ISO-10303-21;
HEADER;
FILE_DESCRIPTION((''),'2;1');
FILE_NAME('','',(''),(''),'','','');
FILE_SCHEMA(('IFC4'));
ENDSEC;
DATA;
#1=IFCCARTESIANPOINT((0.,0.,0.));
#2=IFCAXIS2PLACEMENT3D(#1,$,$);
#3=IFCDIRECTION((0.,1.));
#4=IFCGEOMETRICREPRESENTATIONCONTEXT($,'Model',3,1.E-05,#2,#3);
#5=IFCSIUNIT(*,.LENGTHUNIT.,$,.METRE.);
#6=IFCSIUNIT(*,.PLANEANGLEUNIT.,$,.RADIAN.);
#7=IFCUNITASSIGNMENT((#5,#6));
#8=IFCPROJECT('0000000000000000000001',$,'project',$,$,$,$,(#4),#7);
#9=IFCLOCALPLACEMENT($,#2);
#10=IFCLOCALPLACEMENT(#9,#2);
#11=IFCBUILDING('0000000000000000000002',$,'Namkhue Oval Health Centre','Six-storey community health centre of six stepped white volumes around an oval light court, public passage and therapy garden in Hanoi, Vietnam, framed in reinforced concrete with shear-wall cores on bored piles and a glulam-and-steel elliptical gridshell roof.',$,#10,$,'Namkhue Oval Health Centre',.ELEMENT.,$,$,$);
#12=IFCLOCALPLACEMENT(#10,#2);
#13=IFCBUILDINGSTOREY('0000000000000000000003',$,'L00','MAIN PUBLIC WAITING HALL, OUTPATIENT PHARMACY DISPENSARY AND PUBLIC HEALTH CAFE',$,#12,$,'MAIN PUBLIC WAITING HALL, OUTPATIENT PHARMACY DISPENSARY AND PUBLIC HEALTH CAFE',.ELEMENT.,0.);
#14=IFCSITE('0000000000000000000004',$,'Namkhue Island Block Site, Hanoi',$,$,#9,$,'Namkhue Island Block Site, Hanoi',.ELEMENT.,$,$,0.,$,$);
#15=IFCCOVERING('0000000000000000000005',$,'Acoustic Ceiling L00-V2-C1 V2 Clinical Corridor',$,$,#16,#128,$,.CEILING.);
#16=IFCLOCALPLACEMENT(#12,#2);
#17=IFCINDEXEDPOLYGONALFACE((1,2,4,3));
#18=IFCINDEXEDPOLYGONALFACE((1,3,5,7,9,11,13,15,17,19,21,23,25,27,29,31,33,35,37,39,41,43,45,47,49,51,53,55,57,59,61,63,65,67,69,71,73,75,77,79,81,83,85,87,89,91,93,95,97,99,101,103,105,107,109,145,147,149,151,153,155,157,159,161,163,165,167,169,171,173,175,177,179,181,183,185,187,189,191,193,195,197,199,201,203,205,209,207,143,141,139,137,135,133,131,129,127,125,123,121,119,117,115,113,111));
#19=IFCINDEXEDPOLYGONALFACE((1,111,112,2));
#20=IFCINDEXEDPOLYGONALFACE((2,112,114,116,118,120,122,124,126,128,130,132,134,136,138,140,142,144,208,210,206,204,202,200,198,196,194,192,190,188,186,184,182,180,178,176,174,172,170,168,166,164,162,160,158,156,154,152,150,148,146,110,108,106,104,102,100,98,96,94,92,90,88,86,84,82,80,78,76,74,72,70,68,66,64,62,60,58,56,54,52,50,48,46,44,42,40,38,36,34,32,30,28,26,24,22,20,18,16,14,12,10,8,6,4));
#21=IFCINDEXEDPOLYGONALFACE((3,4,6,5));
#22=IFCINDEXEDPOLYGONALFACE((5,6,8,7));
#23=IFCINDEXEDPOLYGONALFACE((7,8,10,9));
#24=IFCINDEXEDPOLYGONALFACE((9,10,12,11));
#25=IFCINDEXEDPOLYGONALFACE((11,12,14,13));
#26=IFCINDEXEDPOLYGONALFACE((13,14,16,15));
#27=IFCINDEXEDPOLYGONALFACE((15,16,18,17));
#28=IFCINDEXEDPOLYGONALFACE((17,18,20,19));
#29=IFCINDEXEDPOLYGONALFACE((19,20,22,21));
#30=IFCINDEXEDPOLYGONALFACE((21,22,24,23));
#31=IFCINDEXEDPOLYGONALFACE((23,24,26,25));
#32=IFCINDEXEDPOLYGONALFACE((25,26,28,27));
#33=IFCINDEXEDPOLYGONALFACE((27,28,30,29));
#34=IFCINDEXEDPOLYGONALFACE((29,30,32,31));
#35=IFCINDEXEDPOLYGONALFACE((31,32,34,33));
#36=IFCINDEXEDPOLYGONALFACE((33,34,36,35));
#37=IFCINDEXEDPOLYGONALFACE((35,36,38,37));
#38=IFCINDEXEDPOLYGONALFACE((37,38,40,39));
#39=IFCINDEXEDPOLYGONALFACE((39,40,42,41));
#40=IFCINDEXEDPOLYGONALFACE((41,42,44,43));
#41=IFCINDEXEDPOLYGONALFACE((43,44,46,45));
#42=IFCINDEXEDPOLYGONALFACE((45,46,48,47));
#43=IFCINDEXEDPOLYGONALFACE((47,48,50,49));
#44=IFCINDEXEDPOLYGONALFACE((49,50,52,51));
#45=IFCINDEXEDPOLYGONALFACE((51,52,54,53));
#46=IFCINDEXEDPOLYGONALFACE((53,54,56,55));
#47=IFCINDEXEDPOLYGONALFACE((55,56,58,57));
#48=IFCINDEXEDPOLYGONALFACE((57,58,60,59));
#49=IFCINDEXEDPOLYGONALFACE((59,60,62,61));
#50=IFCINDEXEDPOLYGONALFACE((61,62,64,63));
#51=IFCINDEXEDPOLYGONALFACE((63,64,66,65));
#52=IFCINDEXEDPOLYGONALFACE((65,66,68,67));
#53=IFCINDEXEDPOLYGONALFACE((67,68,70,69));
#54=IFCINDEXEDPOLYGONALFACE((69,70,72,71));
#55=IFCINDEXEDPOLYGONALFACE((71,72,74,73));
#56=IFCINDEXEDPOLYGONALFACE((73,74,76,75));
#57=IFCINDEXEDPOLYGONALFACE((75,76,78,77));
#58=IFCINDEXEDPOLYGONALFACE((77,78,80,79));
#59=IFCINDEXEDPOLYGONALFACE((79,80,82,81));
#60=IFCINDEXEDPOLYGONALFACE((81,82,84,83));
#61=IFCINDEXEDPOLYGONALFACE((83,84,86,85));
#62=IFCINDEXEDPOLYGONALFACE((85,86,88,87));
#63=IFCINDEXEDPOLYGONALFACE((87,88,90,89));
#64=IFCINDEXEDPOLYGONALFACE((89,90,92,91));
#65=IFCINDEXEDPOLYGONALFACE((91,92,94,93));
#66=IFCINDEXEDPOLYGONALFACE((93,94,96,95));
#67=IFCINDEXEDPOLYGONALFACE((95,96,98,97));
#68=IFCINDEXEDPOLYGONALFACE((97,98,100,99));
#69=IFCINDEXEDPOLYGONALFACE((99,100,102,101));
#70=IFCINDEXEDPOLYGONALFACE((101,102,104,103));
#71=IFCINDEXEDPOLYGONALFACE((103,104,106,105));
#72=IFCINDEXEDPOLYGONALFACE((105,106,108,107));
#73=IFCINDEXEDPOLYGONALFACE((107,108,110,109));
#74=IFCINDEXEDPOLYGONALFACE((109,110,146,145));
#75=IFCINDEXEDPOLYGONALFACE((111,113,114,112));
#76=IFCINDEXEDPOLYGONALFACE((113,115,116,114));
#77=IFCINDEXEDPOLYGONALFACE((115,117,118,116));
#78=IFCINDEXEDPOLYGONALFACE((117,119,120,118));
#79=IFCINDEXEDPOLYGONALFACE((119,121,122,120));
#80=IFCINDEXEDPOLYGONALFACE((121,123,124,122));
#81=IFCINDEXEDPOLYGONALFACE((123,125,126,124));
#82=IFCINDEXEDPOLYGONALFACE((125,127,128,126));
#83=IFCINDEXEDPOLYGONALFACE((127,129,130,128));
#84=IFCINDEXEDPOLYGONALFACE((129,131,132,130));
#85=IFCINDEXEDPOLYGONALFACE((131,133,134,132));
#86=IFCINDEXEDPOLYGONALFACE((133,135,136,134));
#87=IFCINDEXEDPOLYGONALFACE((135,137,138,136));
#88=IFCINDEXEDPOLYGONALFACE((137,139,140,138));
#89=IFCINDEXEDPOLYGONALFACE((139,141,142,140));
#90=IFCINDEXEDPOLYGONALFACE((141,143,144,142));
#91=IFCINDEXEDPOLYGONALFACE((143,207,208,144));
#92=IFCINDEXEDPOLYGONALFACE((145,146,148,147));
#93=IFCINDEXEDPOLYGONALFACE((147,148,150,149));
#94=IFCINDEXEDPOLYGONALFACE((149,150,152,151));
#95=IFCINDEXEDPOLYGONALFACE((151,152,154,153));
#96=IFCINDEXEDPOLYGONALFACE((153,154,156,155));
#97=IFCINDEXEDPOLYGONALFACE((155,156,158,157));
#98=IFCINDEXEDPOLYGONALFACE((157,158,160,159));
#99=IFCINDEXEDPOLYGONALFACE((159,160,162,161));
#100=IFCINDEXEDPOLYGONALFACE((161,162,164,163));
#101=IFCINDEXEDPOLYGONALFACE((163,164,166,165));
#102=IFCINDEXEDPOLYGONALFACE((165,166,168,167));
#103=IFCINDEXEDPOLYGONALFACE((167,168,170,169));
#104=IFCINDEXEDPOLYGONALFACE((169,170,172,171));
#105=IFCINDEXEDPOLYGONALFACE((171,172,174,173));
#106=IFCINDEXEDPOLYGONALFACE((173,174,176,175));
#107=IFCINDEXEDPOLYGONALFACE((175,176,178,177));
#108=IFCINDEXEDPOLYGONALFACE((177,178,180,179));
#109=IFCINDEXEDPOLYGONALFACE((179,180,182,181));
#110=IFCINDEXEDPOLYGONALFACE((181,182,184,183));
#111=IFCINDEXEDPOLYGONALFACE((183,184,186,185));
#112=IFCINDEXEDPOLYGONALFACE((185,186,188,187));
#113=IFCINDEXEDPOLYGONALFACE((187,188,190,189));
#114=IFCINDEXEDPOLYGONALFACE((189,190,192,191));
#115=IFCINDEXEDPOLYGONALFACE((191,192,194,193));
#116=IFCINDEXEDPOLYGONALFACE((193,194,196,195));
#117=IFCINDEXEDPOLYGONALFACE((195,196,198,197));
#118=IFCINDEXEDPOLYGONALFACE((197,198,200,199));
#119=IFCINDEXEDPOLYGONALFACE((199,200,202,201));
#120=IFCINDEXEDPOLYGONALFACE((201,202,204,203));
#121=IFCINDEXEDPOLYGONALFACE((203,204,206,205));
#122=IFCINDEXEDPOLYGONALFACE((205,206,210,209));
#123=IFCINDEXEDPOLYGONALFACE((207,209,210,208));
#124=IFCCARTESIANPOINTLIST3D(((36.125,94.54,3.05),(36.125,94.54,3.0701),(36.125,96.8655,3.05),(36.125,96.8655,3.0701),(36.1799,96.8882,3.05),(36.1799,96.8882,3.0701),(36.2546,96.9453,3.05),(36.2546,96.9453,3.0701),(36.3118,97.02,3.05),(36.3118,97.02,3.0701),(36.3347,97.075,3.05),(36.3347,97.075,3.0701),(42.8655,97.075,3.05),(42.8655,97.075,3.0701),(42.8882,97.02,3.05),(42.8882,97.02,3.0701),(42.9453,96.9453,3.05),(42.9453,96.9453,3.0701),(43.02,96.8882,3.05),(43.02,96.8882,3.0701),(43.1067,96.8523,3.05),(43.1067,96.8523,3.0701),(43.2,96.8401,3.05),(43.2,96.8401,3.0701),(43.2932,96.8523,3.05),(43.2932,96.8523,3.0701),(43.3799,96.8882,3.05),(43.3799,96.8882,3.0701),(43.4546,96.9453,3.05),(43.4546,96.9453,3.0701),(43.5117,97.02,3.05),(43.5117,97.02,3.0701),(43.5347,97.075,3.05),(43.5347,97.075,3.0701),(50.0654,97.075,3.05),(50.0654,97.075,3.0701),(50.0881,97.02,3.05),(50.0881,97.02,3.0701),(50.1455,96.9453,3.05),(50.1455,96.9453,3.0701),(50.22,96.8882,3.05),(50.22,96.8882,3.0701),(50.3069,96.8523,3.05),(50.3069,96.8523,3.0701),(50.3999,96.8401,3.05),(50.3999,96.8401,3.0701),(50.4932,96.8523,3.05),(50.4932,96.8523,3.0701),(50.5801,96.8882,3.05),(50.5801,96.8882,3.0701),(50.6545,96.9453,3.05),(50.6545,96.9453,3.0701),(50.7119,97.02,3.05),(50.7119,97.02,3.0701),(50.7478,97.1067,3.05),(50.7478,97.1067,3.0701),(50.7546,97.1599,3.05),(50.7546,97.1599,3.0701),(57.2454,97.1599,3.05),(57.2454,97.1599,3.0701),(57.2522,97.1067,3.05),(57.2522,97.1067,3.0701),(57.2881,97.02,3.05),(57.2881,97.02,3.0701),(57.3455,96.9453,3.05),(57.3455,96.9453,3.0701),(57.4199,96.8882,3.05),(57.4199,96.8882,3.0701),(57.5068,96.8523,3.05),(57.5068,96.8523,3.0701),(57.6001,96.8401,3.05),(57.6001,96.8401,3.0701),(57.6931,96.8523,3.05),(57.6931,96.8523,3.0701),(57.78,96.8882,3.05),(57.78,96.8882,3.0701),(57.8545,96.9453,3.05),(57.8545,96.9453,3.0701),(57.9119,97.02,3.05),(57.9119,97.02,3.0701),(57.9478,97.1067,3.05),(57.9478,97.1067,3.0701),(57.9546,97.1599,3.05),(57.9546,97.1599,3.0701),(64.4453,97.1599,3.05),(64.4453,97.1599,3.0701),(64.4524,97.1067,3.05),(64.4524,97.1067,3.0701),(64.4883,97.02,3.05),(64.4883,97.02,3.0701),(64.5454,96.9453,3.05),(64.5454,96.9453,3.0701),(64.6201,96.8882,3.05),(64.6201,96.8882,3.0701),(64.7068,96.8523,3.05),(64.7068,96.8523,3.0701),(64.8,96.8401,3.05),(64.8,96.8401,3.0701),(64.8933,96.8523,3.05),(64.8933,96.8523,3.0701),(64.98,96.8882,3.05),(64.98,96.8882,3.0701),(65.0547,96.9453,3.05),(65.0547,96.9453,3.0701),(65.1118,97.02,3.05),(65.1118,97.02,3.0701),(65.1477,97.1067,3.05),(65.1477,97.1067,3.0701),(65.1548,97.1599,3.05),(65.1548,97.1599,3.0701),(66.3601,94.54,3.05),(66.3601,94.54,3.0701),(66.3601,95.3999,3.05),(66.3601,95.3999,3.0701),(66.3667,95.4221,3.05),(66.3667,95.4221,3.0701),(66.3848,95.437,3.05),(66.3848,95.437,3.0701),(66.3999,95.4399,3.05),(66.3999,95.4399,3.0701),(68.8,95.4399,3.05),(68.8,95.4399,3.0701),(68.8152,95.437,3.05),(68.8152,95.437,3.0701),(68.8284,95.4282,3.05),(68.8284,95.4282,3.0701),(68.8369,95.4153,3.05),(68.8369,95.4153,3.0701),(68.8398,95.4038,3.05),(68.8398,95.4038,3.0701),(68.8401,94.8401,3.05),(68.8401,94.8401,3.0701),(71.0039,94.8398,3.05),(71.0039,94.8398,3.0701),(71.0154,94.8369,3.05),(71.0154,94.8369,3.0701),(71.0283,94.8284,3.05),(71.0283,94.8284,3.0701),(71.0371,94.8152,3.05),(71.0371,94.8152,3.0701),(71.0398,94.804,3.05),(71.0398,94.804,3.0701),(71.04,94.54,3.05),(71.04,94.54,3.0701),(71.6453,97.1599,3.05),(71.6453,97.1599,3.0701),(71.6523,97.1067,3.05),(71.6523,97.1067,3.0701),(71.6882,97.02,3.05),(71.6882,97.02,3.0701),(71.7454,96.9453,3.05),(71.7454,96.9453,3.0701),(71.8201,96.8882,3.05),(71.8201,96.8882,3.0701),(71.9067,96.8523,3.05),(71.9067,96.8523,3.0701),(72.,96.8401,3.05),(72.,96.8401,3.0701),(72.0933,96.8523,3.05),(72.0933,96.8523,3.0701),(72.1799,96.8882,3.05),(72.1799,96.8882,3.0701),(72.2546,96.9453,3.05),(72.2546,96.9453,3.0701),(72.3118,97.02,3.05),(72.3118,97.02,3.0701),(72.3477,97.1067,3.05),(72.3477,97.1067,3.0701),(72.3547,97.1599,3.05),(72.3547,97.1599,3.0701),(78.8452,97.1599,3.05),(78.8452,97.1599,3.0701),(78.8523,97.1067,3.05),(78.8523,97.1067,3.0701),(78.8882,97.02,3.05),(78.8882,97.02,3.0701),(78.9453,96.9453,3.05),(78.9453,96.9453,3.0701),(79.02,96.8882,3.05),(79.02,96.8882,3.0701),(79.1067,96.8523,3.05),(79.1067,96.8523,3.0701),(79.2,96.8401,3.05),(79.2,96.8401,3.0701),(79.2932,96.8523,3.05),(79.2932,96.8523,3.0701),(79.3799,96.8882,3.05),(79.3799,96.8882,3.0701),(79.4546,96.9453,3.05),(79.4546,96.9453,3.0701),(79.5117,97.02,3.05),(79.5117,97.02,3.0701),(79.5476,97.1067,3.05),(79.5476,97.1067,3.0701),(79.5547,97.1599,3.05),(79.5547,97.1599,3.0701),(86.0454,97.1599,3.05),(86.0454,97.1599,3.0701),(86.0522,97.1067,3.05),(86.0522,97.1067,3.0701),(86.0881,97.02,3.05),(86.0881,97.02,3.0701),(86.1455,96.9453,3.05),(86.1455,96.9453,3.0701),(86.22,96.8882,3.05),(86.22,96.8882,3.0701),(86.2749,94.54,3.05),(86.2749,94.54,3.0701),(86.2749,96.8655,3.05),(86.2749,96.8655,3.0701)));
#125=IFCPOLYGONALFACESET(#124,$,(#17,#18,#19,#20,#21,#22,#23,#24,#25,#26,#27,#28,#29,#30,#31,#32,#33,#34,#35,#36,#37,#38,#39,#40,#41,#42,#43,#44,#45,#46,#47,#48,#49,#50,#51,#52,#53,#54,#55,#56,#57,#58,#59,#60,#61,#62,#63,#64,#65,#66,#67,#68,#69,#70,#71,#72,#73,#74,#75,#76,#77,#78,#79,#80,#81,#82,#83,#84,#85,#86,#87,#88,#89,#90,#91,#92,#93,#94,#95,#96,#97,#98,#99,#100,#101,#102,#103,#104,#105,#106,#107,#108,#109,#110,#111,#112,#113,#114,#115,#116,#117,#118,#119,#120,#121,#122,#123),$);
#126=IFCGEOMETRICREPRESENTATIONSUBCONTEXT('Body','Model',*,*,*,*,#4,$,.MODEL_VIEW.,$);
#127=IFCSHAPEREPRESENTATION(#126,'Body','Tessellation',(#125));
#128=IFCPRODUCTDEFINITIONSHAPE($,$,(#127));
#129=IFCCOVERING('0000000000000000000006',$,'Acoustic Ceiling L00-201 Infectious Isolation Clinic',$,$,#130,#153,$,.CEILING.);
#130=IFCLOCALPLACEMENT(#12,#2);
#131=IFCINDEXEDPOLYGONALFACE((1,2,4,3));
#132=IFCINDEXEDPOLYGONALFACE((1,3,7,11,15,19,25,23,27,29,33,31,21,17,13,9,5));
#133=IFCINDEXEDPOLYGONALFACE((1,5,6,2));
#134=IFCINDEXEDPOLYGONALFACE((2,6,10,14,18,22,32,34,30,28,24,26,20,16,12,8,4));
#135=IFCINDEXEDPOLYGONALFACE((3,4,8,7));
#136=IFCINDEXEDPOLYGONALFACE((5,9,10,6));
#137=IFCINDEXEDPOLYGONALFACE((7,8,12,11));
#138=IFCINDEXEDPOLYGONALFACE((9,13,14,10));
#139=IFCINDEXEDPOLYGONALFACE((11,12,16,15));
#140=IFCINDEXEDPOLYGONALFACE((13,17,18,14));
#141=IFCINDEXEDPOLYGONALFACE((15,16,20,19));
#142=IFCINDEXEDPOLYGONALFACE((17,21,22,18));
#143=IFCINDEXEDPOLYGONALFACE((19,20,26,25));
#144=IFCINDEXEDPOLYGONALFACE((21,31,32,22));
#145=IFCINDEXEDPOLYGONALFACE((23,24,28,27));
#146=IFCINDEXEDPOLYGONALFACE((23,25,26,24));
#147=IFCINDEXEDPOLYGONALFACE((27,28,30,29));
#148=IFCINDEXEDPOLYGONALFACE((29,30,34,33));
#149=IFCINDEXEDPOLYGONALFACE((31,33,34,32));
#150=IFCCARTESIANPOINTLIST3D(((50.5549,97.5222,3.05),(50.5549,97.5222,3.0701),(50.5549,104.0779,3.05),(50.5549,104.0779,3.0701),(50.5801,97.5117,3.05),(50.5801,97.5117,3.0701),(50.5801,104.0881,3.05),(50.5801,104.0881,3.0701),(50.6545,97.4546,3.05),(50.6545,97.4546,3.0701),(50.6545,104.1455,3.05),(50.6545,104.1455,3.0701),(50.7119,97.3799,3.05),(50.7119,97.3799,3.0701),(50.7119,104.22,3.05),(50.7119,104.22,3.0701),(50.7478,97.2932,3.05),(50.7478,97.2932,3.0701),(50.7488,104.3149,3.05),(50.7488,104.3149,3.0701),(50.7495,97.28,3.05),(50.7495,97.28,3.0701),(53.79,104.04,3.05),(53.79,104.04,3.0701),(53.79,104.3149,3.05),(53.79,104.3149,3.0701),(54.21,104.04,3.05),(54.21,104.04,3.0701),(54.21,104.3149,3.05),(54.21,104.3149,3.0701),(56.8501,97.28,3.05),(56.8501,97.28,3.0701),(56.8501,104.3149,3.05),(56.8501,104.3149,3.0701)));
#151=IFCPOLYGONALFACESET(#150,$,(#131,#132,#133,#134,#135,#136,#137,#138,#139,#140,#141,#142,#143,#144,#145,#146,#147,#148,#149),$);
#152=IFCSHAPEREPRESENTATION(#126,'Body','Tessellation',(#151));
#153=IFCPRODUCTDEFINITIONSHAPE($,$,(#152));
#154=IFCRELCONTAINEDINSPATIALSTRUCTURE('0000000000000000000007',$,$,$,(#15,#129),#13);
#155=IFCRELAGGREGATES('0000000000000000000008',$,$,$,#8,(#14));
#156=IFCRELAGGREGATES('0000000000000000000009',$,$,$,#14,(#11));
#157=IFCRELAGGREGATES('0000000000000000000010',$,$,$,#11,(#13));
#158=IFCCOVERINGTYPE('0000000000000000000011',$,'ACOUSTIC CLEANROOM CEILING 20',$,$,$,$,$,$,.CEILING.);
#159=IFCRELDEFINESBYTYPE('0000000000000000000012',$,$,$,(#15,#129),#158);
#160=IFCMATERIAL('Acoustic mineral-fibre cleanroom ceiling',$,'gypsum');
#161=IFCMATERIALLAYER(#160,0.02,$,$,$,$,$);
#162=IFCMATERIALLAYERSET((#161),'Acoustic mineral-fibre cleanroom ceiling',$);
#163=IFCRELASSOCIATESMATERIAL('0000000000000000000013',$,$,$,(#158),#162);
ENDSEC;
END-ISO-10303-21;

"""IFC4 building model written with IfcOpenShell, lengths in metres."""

from ifc_helpers import new_model, si_unit, direction, frame, origin, place, context, subcontext, project, spatial, polyline, outline, extrude, material, layer, layer_set, type_object, element, save


model = new_model("IFC4")

# Units and contexts
model_context = context("Model", 3, precision=1e-05, world=origin(), true_north=direction((0.0, 1.0)))
body_context = subcontext(model_context, "Body", "Model", "MODEL_VIEW")
ifc_project = project(units=[si_unit("LENGTHUNIT", "METRE"), si_unit("PLANEANGLEUNIT", "RADIAN")], contexts=[model_context])

# Site, building, storey
site_placement = place(None, origin())
site = spatial("IfcSite", under=ifc_project, at=site_placement, Name="Namkhue Island Block Site, Hanoi", LongName="Namkhue Island Block Site, Hanoi", CompositionType="ELEMENT", RefElevation=0.0)
building_placement = place(site_placement, origin())
building = spatial("IfcBuilding", under=site, at=building_placement, Name="Namkhue Oval Health Centre", Description="Six-storey community health centre of six stepped white volumes around an oval light court, public passage and therapy garden in Hanoi, Vietnam, framed in reinforced concrete with shear-wall cores on bored piles and a glulam-and-steel elliptical gridshell roof.", LongName="Namkhue Oval Health Centre", CompositionType="ELEMENT")
storey_placement = place(building_placement, origin())
storey = spatial("IfcBuildingStorey", under=building, at=storey_placement, Name="L00", Description="MAIN PUBLIC WAITING HALL, OUTPATIENT PHARMACY DISPENSARY AND PUBLIC HEALTH CAFE", LongName="MAIN PUBLIC WAITING HALL, OUTPATIENT PHARMACY DISPENSARY AND PUBLIC HEALTH CAFE", CompositionType="ELEMENT", Elevation=0.0)

# Coverings
ifc_material = material(Name="Acoustic mineral-fibre cleanroom ceiling", Category="gypsum")
ifc_layer = layer(ifc_material, 0.02)
ifc_layer_set = layer_set([ifc_layer], Name="Acoustic mineral-fibre cleanroom ceiling")
covering_type = type_object("IfcCoveringType", Name="ACOUSTIC CLEANROOM CEILING 20", PredefinedType="CEILING", material=ifc_layer_set)
covering_1_placement = place(storey_placement, frame((0.0, 0.0, 3.05)))
element("IfcCovering", 1, at=covering_1_placement, inside=storey, type_object=covering_type, Name="Acoustic Ceiling L00-V2-C1 V2 Clinical Corridor", PredefinedType="CEILING", context=body_context, shape_type="SweptSolid", body=[
    extrude(outline(polyline([(57.2454, 97.1599), (57.2522, 97.1067), (57.2881, 97.02), (57.3455, 96.9453), (57.4199, 96.8882), (57.5068, 96.8523), (57.6001, 96.8401), (57.6931, 96.8523), (57.78, 96.8882), (57.8545, 96.9453), (57.9119, 97.02), (57.9478, 97.1067), (57.9546, 97.1599), (64.4453, 97.1599), (64.4524, 97.1067), (64.4883, 97.02), (64.5454, 96.9453), (64.6201, 96.8882), (64.7068, 96.8523), (64.8, 96.8401), (64.8933, 96.8523), (64.98, 96.8882), (65.0547, 96.9453), (65.1118, 97.02), (65.1477, 97.1067), (65.1548, 97.1599), (71.6453, 97.1599), (71.6523, 97.1067), (71.6882, 97.02), (71.7454, 96.9453), (71.8201, 96.8882), (71.9067, 96.8523), (72.0, 96.8401), (72.0933, 96.8523), (72.1799, 96.8882), (72.2546, 96.9453), (72.3118, 97.02), (72.3477, 97.1067), (72.3547, 97.1599), (78.8452, 97.1599), (78.8523, 97.1067), (78.8882, 97.02), (78.9453, 96.9453), (79.02, 96.8882), (79.1067, 96.8523), (79.2, 96.8401), (79.2932, 96.8523), (79.3799, 96.8882), (79.4546, 96.9453), (79.5117, 97.02), (79.5476, 97.1067), (79.5547, 97.1599), (86.0454, 97.1599), (86.0522, 97.1067), (86.0881, 97.02), (86.1455, 96.9453), (86.22, 96.8882), (86.2749, 96.8655), (86.2749, 94.54), (71.04, 94.54), (71.0398, 94.804), (71.0371, 94.8152), (71.0283, 94.8284), (71.0154, 94.8369), (71.0039, 94.8398), (68.8401, 94.8401), (68.8398, 95.4038), (68.8369, 95.4153), (68.8284, 95.4282), (68.8152, 95.437), (68.8, 95.4399), (66.3999, 95.4399), (66.3848, 95.437), (66.3667, 95.4221), (66.3601, 95.3999), (66.3601, 94.54), (36.125, 94.54), (36.125, 96.8655), (36.1799, 96.8882), (36.2546, 96.9453), (36.3118, 97.02), (36.3347, 97.075), (42.8655, 97.075), (42.8882, 97.02), (42.9453, 96.9453), (43.02, 96.8882), (43.1067, 96.8523), (43.2, 96.8401), (43.2932, 96.8523), (43.3799, 96.8882), (43.4546, 96.9453), (43.5117, 97.02), (43.5347, 97.075), (50.0654, 97.075), (50.0881, 97.02), (50.1455, 96.9453), (50.22, 96.8882), (50.3069, 96.8523), (50.3999, 96.8401), (50.4932, 96.8523), (50.5801, 96.8882), (50.6545, 96.9453), (50.7119, 97.02), (50.7478, 97.1067), (50.7546, 97.1599), (57.2454, 97.1599)])), origin(), (0.0, 0.0, 1.0), 0.02),
])
covering_2_placement = place(storey_placement, frame((0.0, 0.0, 3.05)))
element("IfcCovering", 2, at=covering_2_placement, inside=storey, type_object=covering_type, Name="Acoustic Ceiling L00-201 Infectious Isolation Clinic", PredefinedType="CEILING", context=body_context, shape_type="SweptSolid", body=[
    extrude(outline(polyline([(50.7495, 97.28), (50.7478, 97.2932), (50.7119, 97.3799), (50.6545, 97.4546), (50.5801, 97.5117), (50.5549, 97.5222), (50.5549, 104.0779), (50.5801, 104.0881), (50.6545, 104.1455), (50.7119, 104.22), (50.7488, 104.3149), (53.79, 104.3149), (53.79, 104.04), (54.21, 104.04), (54.21, 104.3149), (56.8501, 104.3149), (56.8501, 97.28), (50.7495, 97.28)])), origin(), (0.0, 0.0, 1.0), 0.02),
])

save(model, "model.ifc")
